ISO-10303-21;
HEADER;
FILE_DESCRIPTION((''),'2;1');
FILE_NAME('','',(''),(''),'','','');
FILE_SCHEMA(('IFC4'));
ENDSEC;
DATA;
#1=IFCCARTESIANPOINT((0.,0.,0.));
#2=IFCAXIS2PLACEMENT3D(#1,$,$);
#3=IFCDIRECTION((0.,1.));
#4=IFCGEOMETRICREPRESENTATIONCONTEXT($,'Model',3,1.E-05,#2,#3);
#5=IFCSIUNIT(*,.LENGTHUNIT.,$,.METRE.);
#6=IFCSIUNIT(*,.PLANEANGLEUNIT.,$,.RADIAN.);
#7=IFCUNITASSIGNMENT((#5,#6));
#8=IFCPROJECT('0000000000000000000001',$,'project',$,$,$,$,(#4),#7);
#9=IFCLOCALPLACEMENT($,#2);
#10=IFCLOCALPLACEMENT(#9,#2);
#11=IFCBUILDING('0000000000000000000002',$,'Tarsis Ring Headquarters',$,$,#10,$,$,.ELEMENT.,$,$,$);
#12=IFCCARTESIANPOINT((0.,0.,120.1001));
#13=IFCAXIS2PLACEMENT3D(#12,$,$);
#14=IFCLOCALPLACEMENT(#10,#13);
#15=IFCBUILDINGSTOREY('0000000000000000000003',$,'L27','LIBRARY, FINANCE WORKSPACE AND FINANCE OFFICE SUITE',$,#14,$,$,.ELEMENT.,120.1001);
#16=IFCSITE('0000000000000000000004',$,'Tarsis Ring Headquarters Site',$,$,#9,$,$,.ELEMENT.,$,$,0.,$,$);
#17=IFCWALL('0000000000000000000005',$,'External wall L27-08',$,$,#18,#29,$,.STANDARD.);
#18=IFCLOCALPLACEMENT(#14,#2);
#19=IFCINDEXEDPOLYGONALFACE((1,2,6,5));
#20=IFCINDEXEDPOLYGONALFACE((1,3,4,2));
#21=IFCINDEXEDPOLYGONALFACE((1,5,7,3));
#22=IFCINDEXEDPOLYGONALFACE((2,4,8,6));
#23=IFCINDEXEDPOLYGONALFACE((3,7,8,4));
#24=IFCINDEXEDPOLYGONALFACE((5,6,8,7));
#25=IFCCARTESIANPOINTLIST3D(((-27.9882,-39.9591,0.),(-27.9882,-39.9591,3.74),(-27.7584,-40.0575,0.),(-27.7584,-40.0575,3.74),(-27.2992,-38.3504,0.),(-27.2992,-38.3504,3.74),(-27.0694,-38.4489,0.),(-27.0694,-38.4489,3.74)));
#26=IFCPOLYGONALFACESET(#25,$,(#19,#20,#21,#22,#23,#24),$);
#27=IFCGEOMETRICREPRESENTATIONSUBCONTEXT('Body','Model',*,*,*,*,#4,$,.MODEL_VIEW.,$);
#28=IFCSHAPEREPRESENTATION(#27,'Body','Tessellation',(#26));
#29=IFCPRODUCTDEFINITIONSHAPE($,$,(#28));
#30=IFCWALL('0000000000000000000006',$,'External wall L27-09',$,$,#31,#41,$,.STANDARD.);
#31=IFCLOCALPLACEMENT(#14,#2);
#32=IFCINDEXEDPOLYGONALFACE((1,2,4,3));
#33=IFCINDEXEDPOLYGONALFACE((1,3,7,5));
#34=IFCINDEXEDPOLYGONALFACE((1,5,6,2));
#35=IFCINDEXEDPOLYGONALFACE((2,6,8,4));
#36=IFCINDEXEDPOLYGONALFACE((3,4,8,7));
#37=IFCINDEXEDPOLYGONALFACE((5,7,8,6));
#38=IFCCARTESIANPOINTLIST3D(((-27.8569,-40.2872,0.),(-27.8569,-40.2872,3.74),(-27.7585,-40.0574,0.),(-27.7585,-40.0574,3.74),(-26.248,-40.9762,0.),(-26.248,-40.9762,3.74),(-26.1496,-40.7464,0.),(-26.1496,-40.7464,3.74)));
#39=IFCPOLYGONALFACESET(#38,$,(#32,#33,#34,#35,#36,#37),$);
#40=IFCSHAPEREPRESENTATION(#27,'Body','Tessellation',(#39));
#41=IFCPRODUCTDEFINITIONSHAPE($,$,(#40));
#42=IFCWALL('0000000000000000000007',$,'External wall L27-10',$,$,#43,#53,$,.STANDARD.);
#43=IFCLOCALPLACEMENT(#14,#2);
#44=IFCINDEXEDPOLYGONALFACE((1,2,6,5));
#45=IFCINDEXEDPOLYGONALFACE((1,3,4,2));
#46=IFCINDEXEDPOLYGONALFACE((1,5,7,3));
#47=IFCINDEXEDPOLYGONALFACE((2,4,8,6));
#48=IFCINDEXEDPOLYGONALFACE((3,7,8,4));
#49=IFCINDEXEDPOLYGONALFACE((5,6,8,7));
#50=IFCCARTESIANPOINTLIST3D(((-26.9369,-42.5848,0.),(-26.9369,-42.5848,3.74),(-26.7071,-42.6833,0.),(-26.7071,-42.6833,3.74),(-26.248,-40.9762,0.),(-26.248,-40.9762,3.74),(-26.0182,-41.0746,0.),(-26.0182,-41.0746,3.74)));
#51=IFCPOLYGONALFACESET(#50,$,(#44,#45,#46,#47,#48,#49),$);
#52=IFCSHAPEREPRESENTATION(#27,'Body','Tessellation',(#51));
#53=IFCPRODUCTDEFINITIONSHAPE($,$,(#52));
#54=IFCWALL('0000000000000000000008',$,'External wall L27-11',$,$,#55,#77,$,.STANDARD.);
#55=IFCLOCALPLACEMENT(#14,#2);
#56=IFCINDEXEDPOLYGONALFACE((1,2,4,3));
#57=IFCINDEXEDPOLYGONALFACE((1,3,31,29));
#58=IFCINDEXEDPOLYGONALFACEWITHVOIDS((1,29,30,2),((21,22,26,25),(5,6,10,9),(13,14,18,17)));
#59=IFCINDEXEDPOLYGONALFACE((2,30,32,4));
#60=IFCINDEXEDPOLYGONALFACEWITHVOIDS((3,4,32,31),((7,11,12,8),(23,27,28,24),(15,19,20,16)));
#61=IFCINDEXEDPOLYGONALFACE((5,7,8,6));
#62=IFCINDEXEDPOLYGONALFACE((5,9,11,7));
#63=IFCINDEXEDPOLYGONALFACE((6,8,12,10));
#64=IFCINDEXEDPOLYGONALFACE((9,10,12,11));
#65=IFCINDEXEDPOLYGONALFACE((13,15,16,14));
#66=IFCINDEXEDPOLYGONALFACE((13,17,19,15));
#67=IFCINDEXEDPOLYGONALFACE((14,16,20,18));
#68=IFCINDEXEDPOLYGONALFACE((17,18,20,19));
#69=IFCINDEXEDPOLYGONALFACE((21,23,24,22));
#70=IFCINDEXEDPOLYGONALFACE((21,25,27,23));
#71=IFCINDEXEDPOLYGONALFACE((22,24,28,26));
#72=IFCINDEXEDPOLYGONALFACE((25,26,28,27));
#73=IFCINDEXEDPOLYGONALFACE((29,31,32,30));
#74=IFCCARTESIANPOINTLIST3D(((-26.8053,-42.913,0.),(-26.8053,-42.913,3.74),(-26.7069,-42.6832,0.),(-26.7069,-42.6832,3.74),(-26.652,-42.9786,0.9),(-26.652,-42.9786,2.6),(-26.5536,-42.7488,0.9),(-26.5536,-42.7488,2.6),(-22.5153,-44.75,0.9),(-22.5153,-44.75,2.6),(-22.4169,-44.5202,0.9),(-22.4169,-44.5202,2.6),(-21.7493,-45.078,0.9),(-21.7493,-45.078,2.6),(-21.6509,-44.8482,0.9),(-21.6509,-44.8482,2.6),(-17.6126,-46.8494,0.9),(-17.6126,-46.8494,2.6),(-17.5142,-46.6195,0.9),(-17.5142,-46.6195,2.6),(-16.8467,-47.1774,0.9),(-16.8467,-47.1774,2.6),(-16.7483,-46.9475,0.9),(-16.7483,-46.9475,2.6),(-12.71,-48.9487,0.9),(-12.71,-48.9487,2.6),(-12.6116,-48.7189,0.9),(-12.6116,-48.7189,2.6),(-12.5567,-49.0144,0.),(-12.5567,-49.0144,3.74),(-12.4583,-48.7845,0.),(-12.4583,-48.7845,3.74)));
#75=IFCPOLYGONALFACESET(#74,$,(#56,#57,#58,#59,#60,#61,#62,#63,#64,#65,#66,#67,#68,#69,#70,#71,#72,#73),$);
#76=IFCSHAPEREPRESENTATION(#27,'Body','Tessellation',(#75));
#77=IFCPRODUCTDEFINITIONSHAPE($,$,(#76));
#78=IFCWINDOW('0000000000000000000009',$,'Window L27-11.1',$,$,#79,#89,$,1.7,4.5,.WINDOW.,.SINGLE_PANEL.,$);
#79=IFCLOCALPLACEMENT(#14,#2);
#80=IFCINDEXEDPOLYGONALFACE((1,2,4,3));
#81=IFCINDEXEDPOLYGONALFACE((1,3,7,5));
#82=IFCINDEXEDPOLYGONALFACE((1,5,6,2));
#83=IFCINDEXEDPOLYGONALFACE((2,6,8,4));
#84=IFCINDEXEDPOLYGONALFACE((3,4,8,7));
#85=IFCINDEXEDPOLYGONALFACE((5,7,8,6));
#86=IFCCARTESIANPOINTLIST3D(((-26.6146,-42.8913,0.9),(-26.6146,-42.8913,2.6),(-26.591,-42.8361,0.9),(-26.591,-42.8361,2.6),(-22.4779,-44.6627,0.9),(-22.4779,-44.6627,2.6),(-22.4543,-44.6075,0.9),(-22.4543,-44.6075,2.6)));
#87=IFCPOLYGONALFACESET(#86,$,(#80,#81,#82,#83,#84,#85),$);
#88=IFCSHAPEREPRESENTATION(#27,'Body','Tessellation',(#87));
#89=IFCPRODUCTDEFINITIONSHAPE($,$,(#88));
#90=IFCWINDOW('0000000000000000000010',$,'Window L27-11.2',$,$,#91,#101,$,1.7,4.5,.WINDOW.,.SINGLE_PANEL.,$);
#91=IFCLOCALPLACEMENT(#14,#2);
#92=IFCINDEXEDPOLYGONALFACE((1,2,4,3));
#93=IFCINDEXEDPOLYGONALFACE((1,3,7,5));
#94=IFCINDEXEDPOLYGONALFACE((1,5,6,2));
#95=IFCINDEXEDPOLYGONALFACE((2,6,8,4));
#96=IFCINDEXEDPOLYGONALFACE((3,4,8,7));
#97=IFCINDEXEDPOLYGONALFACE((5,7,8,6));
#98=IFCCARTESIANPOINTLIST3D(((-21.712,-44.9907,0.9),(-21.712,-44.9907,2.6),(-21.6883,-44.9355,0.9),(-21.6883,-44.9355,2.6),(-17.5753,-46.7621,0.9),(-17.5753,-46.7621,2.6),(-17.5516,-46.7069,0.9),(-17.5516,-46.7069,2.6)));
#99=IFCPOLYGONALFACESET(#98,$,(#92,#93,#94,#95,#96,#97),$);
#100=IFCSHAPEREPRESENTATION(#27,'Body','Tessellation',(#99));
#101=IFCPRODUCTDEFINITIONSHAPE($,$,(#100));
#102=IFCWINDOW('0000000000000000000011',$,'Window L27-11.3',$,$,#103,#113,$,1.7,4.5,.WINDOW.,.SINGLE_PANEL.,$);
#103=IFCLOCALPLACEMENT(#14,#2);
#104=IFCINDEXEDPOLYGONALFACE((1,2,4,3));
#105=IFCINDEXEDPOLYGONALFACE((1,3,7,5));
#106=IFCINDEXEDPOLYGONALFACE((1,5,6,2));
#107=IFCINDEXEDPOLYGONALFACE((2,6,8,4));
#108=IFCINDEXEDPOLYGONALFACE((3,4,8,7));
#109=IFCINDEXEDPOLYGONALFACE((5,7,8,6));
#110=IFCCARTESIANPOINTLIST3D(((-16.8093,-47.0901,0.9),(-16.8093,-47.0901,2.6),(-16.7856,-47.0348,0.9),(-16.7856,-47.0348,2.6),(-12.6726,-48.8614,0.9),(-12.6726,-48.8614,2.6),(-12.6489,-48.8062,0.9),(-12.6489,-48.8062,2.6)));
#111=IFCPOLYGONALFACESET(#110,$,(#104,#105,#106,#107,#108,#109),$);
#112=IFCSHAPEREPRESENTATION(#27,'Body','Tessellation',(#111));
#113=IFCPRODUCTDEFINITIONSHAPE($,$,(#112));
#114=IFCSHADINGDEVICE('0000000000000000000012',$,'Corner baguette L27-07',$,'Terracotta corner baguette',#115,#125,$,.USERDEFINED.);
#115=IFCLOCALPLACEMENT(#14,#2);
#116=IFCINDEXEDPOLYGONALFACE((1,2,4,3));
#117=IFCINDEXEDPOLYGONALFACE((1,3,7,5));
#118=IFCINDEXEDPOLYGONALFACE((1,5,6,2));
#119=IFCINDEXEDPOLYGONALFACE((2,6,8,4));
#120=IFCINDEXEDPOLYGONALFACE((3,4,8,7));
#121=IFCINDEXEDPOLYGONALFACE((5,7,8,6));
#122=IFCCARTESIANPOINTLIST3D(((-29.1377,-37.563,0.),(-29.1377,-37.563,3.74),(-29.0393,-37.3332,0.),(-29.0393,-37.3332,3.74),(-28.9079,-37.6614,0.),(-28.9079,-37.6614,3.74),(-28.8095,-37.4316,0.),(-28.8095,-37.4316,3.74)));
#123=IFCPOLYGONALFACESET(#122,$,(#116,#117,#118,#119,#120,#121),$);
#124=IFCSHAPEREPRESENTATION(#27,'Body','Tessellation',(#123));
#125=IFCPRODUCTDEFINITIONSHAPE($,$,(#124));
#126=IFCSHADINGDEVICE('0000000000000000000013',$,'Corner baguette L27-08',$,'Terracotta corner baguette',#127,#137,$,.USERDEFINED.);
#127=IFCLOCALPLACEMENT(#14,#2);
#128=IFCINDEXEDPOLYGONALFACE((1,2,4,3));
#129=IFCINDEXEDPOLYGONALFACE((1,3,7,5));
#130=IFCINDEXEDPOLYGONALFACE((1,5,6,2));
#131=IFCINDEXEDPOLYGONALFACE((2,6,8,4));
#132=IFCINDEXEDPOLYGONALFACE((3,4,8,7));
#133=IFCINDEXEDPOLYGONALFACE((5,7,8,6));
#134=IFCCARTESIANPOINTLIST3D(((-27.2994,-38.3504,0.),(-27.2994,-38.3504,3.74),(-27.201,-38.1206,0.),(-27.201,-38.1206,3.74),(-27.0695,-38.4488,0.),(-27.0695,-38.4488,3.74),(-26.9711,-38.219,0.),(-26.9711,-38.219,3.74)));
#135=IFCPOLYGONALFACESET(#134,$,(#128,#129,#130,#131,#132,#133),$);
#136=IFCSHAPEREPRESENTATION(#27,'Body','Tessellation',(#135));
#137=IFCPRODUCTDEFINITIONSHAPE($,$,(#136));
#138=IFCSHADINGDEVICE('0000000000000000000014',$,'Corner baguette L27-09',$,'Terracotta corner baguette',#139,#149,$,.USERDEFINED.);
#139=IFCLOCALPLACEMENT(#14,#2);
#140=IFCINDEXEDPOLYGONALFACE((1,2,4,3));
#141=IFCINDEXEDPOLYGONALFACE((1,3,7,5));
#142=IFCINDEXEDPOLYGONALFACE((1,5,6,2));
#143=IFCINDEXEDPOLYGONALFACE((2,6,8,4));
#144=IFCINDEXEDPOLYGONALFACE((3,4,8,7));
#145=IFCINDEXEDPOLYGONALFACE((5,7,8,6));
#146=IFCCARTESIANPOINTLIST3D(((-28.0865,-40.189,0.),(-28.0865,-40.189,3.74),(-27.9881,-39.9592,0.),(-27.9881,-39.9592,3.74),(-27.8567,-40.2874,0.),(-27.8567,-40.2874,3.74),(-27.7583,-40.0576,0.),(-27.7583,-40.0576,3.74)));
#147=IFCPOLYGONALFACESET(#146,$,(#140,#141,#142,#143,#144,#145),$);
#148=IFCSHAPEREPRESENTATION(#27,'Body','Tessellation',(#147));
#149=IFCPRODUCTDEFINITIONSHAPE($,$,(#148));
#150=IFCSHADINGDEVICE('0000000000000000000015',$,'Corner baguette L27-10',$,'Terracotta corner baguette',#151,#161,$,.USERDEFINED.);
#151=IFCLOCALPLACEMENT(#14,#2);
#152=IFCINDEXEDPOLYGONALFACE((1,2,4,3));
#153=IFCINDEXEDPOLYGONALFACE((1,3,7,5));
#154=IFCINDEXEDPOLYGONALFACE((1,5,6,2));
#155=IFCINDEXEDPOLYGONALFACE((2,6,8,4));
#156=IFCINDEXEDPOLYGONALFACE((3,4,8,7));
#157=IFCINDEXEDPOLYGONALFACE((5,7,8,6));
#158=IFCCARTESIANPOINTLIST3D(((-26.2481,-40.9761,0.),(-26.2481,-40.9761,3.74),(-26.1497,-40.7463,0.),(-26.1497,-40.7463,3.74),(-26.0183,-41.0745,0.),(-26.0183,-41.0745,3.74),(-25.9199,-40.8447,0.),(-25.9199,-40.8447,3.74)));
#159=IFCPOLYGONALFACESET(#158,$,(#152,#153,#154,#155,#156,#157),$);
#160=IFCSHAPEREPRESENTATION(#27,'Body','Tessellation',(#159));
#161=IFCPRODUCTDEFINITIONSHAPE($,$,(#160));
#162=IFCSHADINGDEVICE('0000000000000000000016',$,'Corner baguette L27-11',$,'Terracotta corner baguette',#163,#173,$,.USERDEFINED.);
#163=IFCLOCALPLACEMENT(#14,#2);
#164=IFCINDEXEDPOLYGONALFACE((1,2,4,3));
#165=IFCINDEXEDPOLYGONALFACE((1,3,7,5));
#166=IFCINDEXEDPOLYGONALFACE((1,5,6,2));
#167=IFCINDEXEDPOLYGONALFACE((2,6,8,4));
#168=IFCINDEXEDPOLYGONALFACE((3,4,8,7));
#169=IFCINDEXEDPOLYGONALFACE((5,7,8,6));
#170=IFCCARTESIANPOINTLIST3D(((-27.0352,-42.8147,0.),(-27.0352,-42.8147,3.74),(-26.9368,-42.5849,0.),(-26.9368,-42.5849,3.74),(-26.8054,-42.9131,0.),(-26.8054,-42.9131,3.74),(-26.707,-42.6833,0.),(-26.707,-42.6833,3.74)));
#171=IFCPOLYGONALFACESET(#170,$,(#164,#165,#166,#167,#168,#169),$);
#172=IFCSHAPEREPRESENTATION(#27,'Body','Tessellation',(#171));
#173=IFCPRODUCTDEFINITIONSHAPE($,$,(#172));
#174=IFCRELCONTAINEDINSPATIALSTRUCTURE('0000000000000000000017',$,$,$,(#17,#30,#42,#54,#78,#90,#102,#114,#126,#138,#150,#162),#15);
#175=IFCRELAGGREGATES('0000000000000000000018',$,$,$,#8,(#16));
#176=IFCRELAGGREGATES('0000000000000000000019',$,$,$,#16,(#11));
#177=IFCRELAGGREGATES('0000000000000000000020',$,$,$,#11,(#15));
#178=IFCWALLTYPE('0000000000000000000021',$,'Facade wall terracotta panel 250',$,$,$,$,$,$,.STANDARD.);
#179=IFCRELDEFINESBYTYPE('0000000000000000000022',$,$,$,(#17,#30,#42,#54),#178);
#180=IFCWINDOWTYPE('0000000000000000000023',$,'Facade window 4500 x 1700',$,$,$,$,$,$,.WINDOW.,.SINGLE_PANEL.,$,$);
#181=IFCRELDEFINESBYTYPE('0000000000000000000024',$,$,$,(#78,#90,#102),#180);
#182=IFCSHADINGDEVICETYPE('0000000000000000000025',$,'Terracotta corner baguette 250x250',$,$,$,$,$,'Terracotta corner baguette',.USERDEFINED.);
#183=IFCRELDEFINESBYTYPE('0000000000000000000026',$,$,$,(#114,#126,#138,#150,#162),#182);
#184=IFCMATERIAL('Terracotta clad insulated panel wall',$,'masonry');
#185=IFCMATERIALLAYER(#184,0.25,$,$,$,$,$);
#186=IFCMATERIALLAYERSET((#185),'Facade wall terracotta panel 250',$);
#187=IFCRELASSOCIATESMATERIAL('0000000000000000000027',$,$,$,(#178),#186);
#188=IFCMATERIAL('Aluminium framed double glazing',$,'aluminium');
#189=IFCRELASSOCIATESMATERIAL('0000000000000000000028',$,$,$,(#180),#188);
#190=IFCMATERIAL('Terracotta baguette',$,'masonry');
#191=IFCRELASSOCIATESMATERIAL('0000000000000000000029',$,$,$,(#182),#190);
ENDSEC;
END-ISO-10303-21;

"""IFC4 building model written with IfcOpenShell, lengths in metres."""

from ifc_helpers import new_model, si_unit, direction, frame, frame_2d, origin, origin_2d, place, context, subcontext, project, spatial, rectangle, extrude, material, layer, layer_set, type_object, element, fill, save


model = new_model("IFC4")

# Units and contexts
model_context = context("Model", 3, precision=1e-05, world=origin(), true_north=direction((0.0, 1.0)))
body_context = subcontext(model_context, "Body", "Model", "MODEL_VIEW")
ifc_project = project(units=[si_unit("LENGTHUNIT", "METRE"), si_unit("PLANEANGLEUNIT", "RADIAN")], contexts=[model_context])

# Site, building, storey
site_placement = place(None, origin())
site = spatial("IfcSite", under=ifc_project, at=site_placement, Name="Tarsis Ring Headquarters Site", CompositionType="ELEMENT", RefElevation=0.0)
building_placement = place(site_placement, origin())
building = spatial("IfcBuilding", under=site, at=building_placement, Name="Tarsis Ring Headquarters", CompositionType="ELEMENT")
storey_placement = place(building_placement, frame((0.0, 0.0, 120.1001)))
storey = spatial("IfcBuildingStorey", under=building, at=storey_placement, Name="L27", Description="LIBRARY, FINANCE WORKSPACE AND FINANCE OFFICE SUITE", CompositionType="ELEMENT", Elevation=120.1001)

# Walls
ifc_material_1 = material(Name="Terracotta clad insulated panel wall", Category="masonry")
ifc_layer = layer(ifc_material_1, 0.25)
ifc_layer_set = layer_set([ifc_layer], Name="Facade wall terracotta panel 250")
wall_type = type_object("IfcWallType", Name="Facade wall terracotta panel 250", PredefinedType="STANDARD", material=ifc_layer_set)
for number, where, z_axis, x_axis, name in (
    (1, (-27.1843, -38.3997, 0.0), (0.0, 0.0, 1.0), (-0.3937, -0.919239, 0.0), "External wall L27-08"),
):
    element("IfcWall", number, at=place(storey_placement, frame(where, z_axis=z_axis, x_axis=x_axis)), inside=storey, type_object=wall_type, Name=name, PredefinedType="STANDARD", context=body_context, shape_type="SweptSolid", body=[
        extrude(rectangle(XDim=1.75, YDim=0.25, at=frame_2d((0.875, 0.0))), origin(), (0.0, 0.0, 1.0), 3.74),
    ])
wall_1_placement = place(storey_placement, frame((-27.8076, -40.1724, 0.0), z_axis=(0.0, 0.0, 1.0), x_axis=(0.91926, -0.39365, 0.0)))
element("IfcWall", 2, at=wall_1_placement, inside=storey, type_object=wall_type, Name="External wall L27-09", PredefinedType="STANDARD", context=body_context, shape_type="SweptSolid", body=[
    extrude(rectangle(XDim=1.7502, YDim=0.25, at=frame_2d((0.875, 0.0))), origin(), (0.0, 0.0, 1.0), 3.74),
])
wall_2_placement = place(storey_placement, frame((-26.1331, -41.0254, 0.0), z_axis=(0.0, 0.0, 1.0), x_axis=(-0.3937, -0.919239, 0.0)))
element("IfcWall", 3, at=wall_2_placement, inside=storey, type_object=wall_type, Name="External wall L27-10", PredefinedType="STANDARD", context=body_context, shape_type="SweptSolid", body=[
    extrude(rectangle(XDim=1.75, YDim=0.25, at=frame_2d((0.875, 0.0))), origin(), (0.0, 0.0, 1.0), 3.74),
])

# Wall, openings, windows
wall_3_placement = place(storey_placement, frame((-26.7561, -42.7981, 0.0), z_axis=(0.0, 0.0, 1.0), x_axis=(0.919266, -0.393636, 0.0)))
wall_3 = element("IfcWall", 4, at=wall_3_placement, inside=storey, type_object=wall_type, Name="External wall L27-11", PredefinedType="STANDARD", context=body_context, shape_type="SweptSolid", body=[
    extrude(rectangle(XDim=15.5, YDim=0.25, at=frame_2d((7.75, 0.0))), origin(), (0.0, 0.0, 1.0), 3.74),
])
opening_1_placement = place(wall_3_placement, frame((0.1667, 0.0, 0.8999)))
opening_1 = element("IfcOpeningElement", 5, at=opening_1_placement, cuts=wall_3, PredefinedType="OPENING", context=body_context, shape_type="SweptSolid", body=[
    extrude(rectangle(XDim=4.5, YDim=1.7, at=frame_2d((2.25, 0.8501))), frame((0.0, 0.135, 0.0), z_axis=(0.0, -1.0, 0.0), x_axis=(1.0, 0.0, 0.0)), (0.0, 0.0, 1.0), 0.27),
])
opening_2_placement = place(wall_3_placement, frame((5.5, 0.0, 0.8999)))
opening_2 = element("IfcOpeningElement", 6, at=opening_2_placement, cuts=wall_3, PredefinedType="OPENING", context=body_context, shape_type="SweptSolid", body=[
    extrude(rectangle(XDim=4.5, YDim=1.7, at=frame_2d((2.25, 0.8501))), frame((0.0, 0.135, 0.0), z_axis=(0.0, -1.0, 0.0), x_axis=(1.0, 0.0, 0.0)), (0.0, 0.0, 1.0), 0.27),
])
opening_3_placement = place(wall_3_placement, frame((10.8333, 0.0, 0.8999)))
opening_3 = element("IfcOpeningElement", 7, at=opening_3_placement, cuts=wall_3, PredefinedType="OPENING", context=body_context, shape_type="SweptSolid", body=[
    extrude(rectangle(XDim=4.5, YDim=1.7, at=frame_2d((2.25, 0.8501))), frame((0.0, 0.135, 0.0), z_axis=(0.0, -1.0, 0.0), x_axis=(1.0, 0.0, 0.0)), (0.0, 0.0, 1.0), 0.27),
])
ifc_material_2 = material(Name="Aluminium framed double glazing", Category="aluminium")
window_type = type_object("IfcWindowType", Name="Facade window 4500 x 1700", PartitioningType="SINGLE_PANEL", PredefinedType="WINDOW", material=ifc_material_2)
window_1_placement = place(opening_1_placement, origin())
window_1 = element("IfcWindow", 8, at=window_1_placement, inside=storey, type_object=window_type, Name="Window L27-11.1", OverallHeight=1.7, OverallWidth=4.5, PartitioningType="SINGLE_PANEL", PredefinedType="WINDOW", context=body_context, shape_type="SweptSolid", body=[
    extrude(rectangle(XDim=4.5, YDim=1.7, at=frame_2d((2.25, 0.8501))), frame((0.0, 0.03, 0.0), z_axis=(0.0, -1.0, 0.0), x_axis=(1.0, 0.0, 0.0)), (0.0, 0.0, 1.0), 0.0601),
])
fill(opening_1, window_1)
window_2_placement = place(opening_2_placement, origin())
window_2 = element("IfcWindow", 9, at=window_2_placement, inside=storey, type_object=window_type, Name="Window L27-11.2", OverallHeight=1.7, OverallWidth=4.5, PartitioningType="SINGLE_PANEL", PredefinedType="WINDOW", context=body_context, shape_type="SweptSolid", body=[
    extrude(rectangle(XDim=4.5, YDim=1.7, at=frame_2d((2.25, 0.8501))), frame((0.0, 0.03, 0.0), z_axis=(0.0, -1.0, 0.0), x_axis=(1.0, 0.0, 0.0)), (0.0, 0.0, 1.0), 0.0601),
])
fill(opening_2, window_2)
window_3_placement = place(opening_3_placement, origin())
window_3 = element("IfcWindow", 10, at=window_3_placement, inside=storey, type_object=window_type, Name="Window L27-11.3", OverallHeight=1.7, OverallWidth=4.5, PartitioningType="SINGLE_PANEL", PredefinedType="WINDOW", context=body_context, shape_type="SweptSolid", body=[
    extrude(rectangle(XDim=4.5, YDim=1.7, at=frame_2d((2.25, 0.8501))), frame((0.0, 0.03, 0.0), z_axis=(0.0, -1.0, 0.0), x_axis=(1.0, 0.0, 0.0)), (0.0, 0.0, 1.0), 0.0601),
])
fill(opening_3, window_3)

# Shading devices
ifc_material_3 = material(Name="Terracotta baguette", Category="masonry")
shading_device_type_1 = type_object("IfcShadingDeviceType", Name="Terracotta corner baguette 250x250", ElementType="Terracotta corner baguette", PredefinedType="USERDEFINED", material=ifc_material_3)
for number, where, z_axis, x_axis, name in (
    (11, (-28.9736, -37.4973, 0.0), (0.0, 0.0, 1.0), (-0.393621, -0.919273, 0.0), "Corner baguette L27-07"),
    (12, (-27.1353, -38.2847, 0.0), (0.0, 0.0, 1.0), (0.919273, -0.393621, 0.0), "Corner baguette L27-08"),
    (13, (-27.9224, -40.1233, 0.0), (0.0, 0.0, 1.0), (-0.393621, -0.919273, 0.0), "Corner baguette L27-09"),
    (14, (-26.084, -40.9104, 0.0), (0.0, 0.0, 1.0), (0.919273, -0.393621, 0.0), "Corner baguette L27-10"),
    (15, (-26.8711, -42.749, 0.0), (0.0, 0.0, 1.0), (-0.393621, -0.919273, 0.0), "Corner baguette L27-11"),
):
    element("IfcShadingDevice", number, at=place(storey_placement, frame(where, z_axis=z_axis, x_axis=x_axis)), inside=storey, type_object=shading_device_type_1, Name=name, ObjectType="Terracotta corner baguette", PredefinedType="USERDEFINED", context=body_context, shape_type="SweptSolid", body=[
        extrude(rectangle(XDim=0.25, YDim=0.25, at=origin_2d()), origin(), (0.0, 0.0, 1.0), 3.74),
    ])

save(model, "model.ifc")
